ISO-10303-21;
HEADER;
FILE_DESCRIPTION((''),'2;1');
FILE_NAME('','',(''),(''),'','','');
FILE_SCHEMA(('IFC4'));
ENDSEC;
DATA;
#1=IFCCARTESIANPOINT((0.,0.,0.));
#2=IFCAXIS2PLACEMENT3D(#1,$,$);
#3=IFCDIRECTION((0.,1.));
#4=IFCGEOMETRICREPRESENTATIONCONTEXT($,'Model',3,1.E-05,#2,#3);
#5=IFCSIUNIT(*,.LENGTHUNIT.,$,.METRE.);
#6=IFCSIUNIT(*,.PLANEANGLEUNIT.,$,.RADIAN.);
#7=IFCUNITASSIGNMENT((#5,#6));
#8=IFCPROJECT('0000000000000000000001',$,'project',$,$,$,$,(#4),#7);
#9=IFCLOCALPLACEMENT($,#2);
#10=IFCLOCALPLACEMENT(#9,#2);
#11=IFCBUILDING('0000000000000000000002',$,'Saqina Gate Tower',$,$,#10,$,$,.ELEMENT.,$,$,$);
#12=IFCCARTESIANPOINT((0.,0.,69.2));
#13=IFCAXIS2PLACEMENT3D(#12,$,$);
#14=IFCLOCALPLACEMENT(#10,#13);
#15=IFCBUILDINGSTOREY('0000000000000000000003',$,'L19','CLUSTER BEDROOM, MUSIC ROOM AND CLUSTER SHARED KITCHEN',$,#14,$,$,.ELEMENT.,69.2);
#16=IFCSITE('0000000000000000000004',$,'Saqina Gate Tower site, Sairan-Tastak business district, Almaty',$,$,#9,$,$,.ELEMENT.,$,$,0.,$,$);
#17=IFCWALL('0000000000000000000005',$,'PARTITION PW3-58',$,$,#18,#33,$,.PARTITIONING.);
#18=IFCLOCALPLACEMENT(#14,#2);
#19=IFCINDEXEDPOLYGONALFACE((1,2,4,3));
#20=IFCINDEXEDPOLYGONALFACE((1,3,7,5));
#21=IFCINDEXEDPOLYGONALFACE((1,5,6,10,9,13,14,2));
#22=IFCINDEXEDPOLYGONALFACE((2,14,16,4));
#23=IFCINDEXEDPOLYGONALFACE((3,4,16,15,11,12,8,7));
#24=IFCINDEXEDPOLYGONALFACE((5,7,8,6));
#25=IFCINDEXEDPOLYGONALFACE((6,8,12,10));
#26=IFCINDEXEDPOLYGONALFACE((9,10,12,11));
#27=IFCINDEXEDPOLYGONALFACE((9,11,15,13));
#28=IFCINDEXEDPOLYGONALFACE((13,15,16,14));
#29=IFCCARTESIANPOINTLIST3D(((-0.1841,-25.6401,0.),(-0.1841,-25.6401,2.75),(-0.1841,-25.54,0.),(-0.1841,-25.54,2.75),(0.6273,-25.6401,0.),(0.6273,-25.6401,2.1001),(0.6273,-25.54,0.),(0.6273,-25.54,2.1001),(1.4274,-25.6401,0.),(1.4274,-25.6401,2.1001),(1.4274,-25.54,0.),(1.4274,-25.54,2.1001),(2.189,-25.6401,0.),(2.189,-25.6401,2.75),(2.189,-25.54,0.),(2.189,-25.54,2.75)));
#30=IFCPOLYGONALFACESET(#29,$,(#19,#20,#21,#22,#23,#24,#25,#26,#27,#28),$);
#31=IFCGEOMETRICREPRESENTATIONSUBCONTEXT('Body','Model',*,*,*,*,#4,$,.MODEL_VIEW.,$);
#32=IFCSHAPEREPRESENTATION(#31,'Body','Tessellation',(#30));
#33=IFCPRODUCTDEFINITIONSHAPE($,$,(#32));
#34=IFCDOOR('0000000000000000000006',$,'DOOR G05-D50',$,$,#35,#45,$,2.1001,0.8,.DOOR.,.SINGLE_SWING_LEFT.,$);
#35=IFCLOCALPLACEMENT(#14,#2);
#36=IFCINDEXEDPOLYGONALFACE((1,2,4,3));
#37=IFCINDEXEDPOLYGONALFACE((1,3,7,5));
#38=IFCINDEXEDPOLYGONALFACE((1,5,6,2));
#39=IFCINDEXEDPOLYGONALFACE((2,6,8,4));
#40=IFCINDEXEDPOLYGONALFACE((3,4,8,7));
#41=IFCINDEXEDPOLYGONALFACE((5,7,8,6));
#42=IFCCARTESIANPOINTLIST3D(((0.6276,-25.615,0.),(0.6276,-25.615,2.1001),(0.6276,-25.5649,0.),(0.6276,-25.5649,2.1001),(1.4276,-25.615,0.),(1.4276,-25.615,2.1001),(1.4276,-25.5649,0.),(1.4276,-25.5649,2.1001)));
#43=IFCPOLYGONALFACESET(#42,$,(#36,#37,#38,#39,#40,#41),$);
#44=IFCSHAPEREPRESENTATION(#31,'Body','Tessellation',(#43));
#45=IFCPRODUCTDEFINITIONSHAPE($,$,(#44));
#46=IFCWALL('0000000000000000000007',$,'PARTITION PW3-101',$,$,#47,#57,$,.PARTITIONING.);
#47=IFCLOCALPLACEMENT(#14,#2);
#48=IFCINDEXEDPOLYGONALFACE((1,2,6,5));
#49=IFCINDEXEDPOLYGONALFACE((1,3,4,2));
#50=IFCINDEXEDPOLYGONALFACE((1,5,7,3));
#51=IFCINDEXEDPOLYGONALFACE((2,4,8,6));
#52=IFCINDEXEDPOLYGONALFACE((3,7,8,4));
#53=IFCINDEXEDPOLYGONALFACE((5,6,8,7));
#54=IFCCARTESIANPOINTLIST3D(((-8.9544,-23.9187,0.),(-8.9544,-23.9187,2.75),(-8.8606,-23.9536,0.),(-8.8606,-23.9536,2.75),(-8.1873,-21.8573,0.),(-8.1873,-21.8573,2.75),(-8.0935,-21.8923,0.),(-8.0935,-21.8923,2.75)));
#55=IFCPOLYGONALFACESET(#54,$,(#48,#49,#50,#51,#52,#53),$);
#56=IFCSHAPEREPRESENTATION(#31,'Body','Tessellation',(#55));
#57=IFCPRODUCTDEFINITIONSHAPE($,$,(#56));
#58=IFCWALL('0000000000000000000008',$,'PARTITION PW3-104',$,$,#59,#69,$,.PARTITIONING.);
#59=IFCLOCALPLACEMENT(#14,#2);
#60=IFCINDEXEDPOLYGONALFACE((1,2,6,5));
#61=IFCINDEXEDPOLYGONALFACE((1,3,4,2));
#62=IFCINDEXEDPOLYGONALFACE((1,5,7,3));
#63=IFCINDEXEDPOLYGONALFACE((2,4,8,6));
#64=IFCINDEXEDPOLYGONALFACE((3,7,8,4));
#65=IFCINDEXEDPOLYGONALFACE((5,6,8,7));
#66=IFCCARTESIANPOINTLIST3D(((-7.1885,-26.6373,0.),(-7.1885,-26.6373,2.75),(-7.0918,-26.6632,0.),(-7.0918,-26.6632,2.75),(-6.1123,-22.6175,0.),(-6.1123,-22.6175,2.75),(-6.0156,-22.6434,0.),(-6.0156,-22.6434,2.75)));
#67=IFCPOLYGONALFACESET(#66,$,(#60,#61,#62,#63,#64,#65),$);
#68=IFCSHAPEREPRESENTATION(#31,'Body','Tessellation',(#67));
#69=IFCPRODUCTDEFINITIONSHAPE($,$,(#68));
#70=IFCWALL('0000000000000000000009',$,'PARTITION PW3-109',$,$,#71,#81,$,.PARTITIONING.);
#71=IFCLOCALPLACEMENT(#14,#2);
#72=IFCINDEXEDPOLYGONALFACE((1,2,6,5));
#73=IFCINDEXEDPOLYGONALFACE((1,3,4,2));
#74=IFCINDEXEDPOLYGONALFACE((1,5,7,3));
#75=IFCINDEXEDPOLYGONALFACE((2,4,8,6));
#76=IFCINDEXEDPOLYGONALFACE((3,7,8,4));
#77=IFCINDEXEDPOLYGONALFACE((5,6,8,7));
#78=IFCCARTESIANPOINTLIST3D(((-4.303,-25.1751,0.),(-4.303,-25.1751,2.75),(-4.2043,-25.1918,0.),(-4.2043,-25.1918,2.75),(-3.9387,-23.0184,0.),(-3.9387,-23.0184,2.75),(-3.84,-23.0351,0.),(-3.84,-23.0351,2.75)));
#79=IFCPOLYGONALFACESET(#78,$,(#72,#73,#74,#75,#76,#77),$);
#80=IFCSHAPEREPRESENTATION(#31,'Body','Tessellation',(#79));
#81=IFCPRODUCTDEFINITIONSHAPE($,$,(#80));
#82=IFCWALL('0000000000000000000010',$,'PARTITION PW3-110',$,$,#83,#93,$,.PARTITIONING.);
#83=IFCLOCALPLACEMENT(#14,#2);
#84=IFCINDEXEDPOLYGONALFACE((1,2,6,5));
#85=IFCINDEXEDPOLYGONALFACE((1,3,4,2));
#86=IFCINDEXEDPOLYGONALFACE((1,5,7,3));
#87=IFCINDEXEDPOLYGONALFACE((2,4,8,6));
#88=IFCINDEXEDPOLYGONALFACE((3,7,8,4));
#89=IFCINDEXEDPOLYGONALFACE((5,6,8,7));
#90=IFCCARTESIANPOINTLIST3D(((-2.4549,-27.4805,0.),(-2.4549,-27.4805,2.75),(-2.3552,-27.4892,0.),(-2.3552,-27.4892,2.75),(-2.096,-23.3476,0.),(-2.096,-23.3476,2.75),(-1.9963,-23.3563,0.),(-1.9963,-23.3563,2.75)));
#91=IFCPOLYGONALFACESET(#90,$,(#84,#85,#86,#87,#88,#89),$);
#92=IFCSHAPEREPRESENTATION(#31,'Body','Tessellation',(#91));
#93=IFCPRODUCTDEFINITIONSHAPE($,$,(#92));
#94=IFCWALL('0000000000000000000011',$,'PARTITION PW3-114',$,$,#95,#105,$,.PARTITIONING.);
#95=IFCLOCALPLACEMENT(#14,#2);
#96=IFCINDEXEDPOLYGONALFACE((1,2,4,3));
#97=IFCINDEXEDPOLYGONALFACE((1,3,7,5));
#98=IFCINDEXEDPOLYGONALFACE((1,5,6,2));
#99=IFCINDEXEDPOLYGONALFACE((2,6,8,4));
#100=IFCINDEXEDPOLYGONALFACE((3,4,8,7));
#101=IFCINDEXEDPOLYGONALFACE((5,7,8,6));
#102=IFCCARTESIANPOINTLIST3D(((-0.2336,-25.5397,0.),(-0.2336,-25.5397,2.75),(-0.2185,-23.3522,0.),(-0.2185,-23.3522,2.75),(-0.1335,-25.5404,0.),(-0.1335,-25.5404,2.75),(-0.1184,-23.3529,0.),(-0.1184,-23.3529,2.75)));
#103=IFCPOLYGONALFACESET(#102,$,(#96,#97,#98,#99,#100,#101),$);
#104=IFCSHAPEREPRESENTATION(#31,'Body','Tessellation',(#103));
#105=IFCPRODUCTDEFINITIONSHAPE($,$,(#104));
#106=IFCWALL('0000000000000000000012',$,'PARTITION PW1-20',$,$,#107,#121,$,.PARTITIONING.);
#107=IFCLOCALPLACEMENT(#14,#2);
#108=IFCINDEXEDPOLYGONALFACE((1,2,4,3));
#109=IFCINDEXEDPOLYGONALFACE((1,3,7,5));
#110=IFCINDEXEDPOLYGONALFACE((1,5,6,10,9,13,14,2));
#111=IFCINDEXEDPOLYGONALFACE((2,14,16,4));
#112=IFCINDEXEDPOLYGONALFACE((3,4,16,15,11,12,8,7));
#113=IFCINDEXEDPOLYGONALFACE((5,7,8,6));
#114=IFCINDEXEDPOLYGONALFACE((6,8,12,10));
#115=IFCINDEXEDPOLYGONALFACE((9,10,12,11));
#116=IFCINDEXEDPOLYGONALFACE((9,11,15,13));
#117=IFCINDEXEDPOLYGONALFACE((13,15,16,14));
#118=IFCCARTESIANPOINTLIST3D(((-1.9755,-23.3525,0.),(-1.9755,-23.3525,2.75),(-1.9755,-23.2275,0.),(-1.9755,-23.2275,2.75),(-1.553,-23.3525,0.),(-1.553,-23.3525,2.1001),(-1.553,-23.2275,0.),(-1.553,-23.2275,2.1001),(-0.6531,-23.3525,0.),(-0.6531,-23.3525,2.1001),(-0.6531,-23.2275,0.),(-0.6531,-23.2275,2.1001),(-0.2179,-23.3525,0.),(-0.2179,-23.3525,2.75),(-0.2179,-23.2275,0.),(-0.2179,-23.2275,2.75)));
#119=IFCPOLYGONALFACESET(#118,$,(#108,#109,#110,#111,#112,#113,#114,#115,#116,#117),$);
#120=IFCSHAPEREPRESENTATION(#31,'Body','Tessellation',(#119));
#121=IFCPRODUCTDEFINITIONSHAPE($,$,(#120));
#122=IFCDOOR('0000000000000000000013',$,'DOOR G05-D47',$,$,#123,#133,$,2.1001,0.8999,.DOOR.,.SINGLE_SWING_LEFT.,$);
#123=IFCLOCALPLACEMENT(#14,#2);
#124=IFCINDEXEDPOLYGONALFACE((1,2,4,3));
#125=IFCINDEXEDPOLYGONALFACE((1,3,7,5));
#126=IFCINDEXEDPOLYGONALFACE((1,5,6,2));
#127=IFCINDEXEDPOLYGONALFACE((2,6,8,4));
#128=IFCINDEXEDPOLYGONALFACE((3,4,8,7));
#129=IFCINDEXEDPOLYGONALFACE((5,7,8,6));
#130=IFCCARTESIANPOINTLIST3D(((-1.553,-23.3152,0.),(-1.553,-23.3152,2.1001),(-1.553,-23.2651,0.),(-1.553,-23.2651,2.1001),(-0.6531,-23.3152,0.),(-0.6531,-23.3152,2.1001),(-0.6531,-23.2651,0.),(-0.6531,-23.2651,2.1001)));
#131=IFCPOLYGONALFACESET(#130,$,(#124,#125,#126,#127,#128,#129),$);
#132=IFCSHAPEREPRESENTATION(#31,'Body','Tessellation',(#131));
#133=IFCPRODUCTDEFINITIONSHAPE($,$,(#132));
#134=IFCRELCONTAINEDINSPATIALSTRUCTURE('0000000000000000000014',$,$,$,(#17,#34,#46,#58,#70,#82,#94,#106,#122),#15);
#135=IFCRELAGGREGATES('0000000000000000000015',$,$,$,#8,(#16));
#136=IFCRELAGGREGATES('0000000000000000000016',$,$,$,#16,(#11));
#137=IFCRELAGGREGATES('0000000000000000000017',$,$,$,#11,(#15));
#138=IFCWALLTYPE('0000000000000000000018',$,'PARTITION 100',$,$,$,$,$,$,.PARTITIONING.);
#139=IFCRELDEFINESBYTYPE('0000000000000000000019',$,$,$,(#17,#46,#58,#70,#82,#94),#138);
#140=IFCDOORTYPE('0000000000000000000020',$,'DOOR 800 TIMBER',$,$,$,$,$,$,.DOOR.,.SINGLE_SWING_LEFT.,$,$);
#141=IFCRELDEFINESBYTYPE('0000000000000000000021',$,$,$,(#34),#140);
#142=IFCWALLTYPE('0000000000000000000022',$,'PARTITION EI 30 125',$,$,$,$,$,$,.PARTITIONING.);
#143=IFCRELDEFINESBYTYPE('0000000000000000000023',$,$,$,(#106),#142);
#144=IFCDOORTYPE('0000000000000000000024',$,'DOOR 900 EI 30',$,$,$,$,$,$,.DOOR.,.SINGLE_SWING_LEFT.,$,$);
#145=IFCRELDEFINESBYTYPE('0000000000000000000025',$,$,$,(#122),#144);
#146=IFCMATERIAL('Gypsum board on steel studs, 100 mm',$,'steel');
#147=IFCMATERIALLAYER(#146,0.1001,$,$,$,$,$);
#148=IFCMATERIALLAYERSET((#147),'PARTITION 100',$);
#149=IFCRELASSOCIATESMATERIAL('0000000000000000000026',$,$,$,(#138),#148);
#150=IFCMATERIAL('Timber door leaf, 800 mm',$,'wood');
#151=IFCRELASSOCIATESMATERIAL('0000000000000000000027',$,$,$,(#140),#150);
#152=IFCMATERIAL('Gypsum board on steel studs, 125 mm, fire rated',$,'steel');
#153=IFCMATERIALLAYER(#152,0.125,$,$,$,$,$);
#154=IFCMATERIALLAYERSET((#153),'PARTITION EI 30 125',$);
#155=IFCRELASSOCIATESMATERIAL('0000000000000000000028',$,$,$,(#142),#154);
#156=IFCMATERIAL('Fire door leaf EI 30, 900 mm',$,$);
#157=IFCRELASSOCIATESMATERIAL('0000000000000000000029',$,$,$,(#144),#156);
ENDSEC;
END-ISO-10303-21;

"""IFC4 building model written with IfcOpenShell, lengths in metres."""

from ifc_helpers import new_model, si_unit, direction, frame, frame_2d, origin, place, context, subcontext, project, spatial, rectangle, extrude, material, layer, layer_set, type_object, element, fill, save


model = new_model("IFC4")

# Units and contexts
model_context = context("Model", 3, precision=1e-05, world=origin(), true_north=direction((0.0, 1.0)))
body_context = subcontext(model_context, "Body", "Model", "MODEL_VIEW")
ifc_project = project(units=[si_unit("LENGTHUNIT", "METRE"), si_unit("PLANEANGLEUNIT", "RADIAN")], contexts=[model_context])

# Site, building, storey
site_placement = place(None, origin())
site = spatial("IfcSite", under=ifc_project, at=site_placement, Name="Saqina Gate Tower site, Sairan-Tastak business district, Almaty", CompositionType="ELEMENT", RefElevation=0.0)
building_placement = place(site_placement, origin())
building = spatial("IfcBuilding", under=site, at=building_placement, Name="Saqina Gate Tower", CompositionType="ELEMENT")
storey_placement = place(building_placement, frame((0.0, 0.0, 69.2)))
storey = spatial("IfcBuildingStorey", under=building, at=storey_placement, Name="L19", Description="CLUSTER BEDROOM, MUSIC ROOM AND CLUSTER SHARED KITCHEN", CompositionType="ELEMENT", Elevation=69.2)

# Wall, opening, door
ifc_material_1 = material(Name="Gypsum board on steel studs, 100 mm", Category="steel")
ifc_layer_1 = layer(ifc_material_1, 0.1001)
ifc_layer_set_1 = layer_set([ifc_layer_1], Name="PARTITION 100")
wall_type_1 = type_object("IfcWallType", Name="PARTITION 100", PredefinedType="PARTITIONING", material=ifc_layer_set_1)
ifc_material_2 = material(Name="Timber door leaf, 800 mm", Category="wood")
door_type_1 = type_object("IfcDoorType", Name="DOOR 800 TIMBER", OperationType="SINGLE_SWING_LEFT", PredefinedType="DOOR", material=ifc_material_2)
wall_1_placement = place(storey_placement, frame((-0.1841, -25.5901, 0.0), z_axis=(0.0, 0.0, 1.0), x_axis=(1.0, 0.0, 0.0)))
wall_1 = element("IfcWall", 1, at=wall_1_placement, inside=storey, type_object=wall_type_1, Name="PARTITION PW3-58", PredefinedType="PARTITIONING", context=body_context, shape_type="SweptSolid", body=[
    extrude(rectangle(XDim=2.373, YDim=0.1001, at=frame_2d((1.1865, 0.0))), origin(), (0.0, 0.0, 1.0), 2.75),
])
opening_1_placement = place(wall_1_placement, frame((0.8115, 0.0, 0.0)))
opening_1 = element("IfcOpeningElement", 2, at=opening_1_placement, cuts=wall_1, PredefinedType="OPENING", context=body_context, shape_type="SweptSolid", body=[
    extrude(rectangle(XDim=0.8, YDim=2.1001, at=frame_2d((0.3999, 1.05))), frame((0.0, 0.062, 0.0), z_axis=(0.0, -1.0, 0.0), x_axis=(1.0, 0.0, 0.0)), (0.0, 0.0, 1.0), 0.124),
])
door_1_placement = place(opening_1_placement, frame((0.8, 0.0, 0.0), z_axis=(0.0, 0.0, 1.0), x_axis=(-1.0, 0.0, 0.0)))
door_1 = element("IfcDoor", 3, at=door_1_placement, inside=storey, type_object=door_type_1, Name="DOOR G05-D50", OperationType="SINGLE_SWING_LEFT", OverallHeight=2.1001, OverallWidth=0.8, PredefinedType="DOOR", context=body_context, shape_type="SweptSolid", body=[
    extrude(rectangle(XDim=0.8, YDim=2.1001, at=frame_2d((0.3999, 1.05))), frame((0.0, 0.0249, 0.0), z_axis=(0.0, -1.0, 0.0), x_axis=(1.0, 0.0, 0.0)), (0.0, 0.0, 1.0), 0.05),
])
fill(opening_1, door_1)

# Walls
wall_2_placement = place(storey_placement, frame((-8.9075, -23.936, 0.0), z_axis=(0.0, 0.0, 1.0), x_axis=(0.348775, 0.937207, 0.0)))
element("IfcWall", 4, at=wall_2_placement, inside=storey, type_object=wall_type_1, Name="PARTITION PW3-101", PredefinedType="PARTITIONING", context=body_context, shape_type="SweptSolid", body=[
    extrude(rectangle(XDim=2.1995, YDim=0.1001, at=frame_2d((1.0996, 0.0))), origin(), (0.0, 0.0, 1.0), 2.75),
])
wall_3_placement = place(storey_placement, frame((-7.1401, -26.6501, 0.0), z_axis=(0.0, 0.0, 1.0), x_axis=(0.258612, 0.965981, 0.0)))
element("IfcWall", 5, at=wall_3_placement, inside=storey, type_object=wall_type_1, Name="PARTITION PW3-104", PredefinedType="PARTITIONING", context=body_context, shape_type="SweptSolid", body=[
    extrude(rectangle(XDim=4.1614, YDim=0.1001, at=frame_2d((2.0806, 0.0))), origin(), (0.0, 0.0, 1.0), 2.75),
])
wall_4_placement = place(storey_placement, frame((-4.2537, -25.1836, 0.0), z_axis=(0.0, 0.0, 1.0), x_axis=(0.166534, 0.986036, 0.0)))
element("IfcWall", 6, at=wall_4_placement, inside=storey, type_object=wall_type_1, Name="PARTITION PW3-109", PredefinedType="PARTITIONING", context=body_context, shape_type="SweptSolid", body=[
    extrude(rectangle(XDim=2.1873, YDim=0.1001, at=frame_2d((1.0938, 0.0))), origin(), (0.0, 0.0, 1.0), 2.75),
])
wall_5_placement = place(storey_placement, frame((-2.405, -27.4849, 0.0), z_axis=(0.0, 0.0, 1.0), x_axis=(0.086513, 0.996251, 0.0)))
element("IfcWall", 7, at=wall_5_placement, inside=storey, type_object=wall_type_1, Name="PARTITION PW3-110", PredefinedType="PARTITIONING", context=body_context, shape_type="SweptSolid", body=[
    extrude(rectangle(XDim=4.1484, YDim=0.1001, at=frame_2d((2.0742, 0.0))), origin(), (0.0, 0.0, 1.0), 2.75),
])
wall_6_placement = place(storey_placement, frame((-0.1836, -25.54, 0.0), z_axis=(0.0, 0.0, 1.0), x_axis=(0.006919, 0.999976, 0.0)))
element("IfcWall", 8, at=wall_6_placement, inside=storey, type_object=wall_type_1, Name="PARTITION PW3-114", PredefinedType="PARTITIONING", context=body_context, shape_type="SweptSolid", body=[
    extrude(rectangle(XDim=2.1875, YDim=0.1001, at=frame_2d((1.0938, 0.0))), origin(), (0.0, 0.0, 1.0), 2.75),
])

# Wall, opening, door
ifc_material_3 = material(Name="Gypsum board on steel studs, 125 mm, fire rated", Category="steel")
ifc_layer_2 = layer(ifc_material_3, 0.125)
ifc_layer_set_2 = layer_set([ifc_layer_2], Name="PARTITION EI 30 125")
wall_type_2 = type_object("IfcWallType", Name="PARTITION EI 30 125", PredefinedType="PARTITIONING", material=ifc_layer_set_2)
wall_7_placement = place(storey_placement, frame((-1.9756, -23.29, 0.0), z_axis=(0.0, 0.0, 1.0), x_axis=(1.0, 0.0, 0.0)))
wall_7 = element("IfcWall", 9, at=wall_7_placement, inside=storey, type_object=wall_type_2, Name="PARTITION PW1-20", PredefinedType="PARTITIONING", context=body_context, shape_type="SweptSolid", body=[
    extrude(rectangle(XDim=1.7576, YDim=0.125, at=frame_2d((0.8789, 0.0))), origin(), (0.0, 0.0, 1.0), 2.75),
])
opening_2_placement = place(wall_7_placement, frame((0.4226, 0.0, 0.0)))
opening_2 = element("IfcOpeningElement", 10, at=opening_2_placement, cuts=wall_7, PredefinedType="OPENING", context=body_context, shape_type="SweptSolid", body=[
    extrude(rectangle(XDim=0.8999, YDim=2.1001, at=frame_2d((0.45, 1.05))), frame((0.0, 0.0745, 0.0), z_axis=(0.0, -1.0, 0.0), x_axis=(1.0, 0.0, 0.0)), (0.0, 0.0, 1.0), 0.1489),
])
ifc_material_4 = material(Name="Fire door leaf EI 30, 900 mm")
door_type_2 = type_object("IfcDoorType", Name="DOOR 900 EI 30", OperationType="SINGLE_SWING_LEFT", PredefinedType="DOOR", material=ifc_material_4)
door_2_placement = place(opening_2_placement, origin())
door_2 = element("IfcDoor", 11, at=door_2_placement, inside=storey, type_object=door_type_2, Name="DOOR G05-D47", OperationType="SINGLE_SWING_LEFT", OverallHeight=2.1001, OverallWidth=0.8999, PredefinedType="DOOR", context=body_context, shape_type="SweptSolid", body=[
    extrude(rectangle(XDim=0.8999, YDim=2.1001, at=frame_2d((0.45, 1.05))), frame((0.0, 0.0249, 0.0), z_axis=(0.0, -1.0, 0.0), x_axis=(1.0, 0.0, 0.0)), (0.0, 0.0, 1.0), 0.05),
])
fill(opening_2, door_2)

save(model, "model.ifc")
